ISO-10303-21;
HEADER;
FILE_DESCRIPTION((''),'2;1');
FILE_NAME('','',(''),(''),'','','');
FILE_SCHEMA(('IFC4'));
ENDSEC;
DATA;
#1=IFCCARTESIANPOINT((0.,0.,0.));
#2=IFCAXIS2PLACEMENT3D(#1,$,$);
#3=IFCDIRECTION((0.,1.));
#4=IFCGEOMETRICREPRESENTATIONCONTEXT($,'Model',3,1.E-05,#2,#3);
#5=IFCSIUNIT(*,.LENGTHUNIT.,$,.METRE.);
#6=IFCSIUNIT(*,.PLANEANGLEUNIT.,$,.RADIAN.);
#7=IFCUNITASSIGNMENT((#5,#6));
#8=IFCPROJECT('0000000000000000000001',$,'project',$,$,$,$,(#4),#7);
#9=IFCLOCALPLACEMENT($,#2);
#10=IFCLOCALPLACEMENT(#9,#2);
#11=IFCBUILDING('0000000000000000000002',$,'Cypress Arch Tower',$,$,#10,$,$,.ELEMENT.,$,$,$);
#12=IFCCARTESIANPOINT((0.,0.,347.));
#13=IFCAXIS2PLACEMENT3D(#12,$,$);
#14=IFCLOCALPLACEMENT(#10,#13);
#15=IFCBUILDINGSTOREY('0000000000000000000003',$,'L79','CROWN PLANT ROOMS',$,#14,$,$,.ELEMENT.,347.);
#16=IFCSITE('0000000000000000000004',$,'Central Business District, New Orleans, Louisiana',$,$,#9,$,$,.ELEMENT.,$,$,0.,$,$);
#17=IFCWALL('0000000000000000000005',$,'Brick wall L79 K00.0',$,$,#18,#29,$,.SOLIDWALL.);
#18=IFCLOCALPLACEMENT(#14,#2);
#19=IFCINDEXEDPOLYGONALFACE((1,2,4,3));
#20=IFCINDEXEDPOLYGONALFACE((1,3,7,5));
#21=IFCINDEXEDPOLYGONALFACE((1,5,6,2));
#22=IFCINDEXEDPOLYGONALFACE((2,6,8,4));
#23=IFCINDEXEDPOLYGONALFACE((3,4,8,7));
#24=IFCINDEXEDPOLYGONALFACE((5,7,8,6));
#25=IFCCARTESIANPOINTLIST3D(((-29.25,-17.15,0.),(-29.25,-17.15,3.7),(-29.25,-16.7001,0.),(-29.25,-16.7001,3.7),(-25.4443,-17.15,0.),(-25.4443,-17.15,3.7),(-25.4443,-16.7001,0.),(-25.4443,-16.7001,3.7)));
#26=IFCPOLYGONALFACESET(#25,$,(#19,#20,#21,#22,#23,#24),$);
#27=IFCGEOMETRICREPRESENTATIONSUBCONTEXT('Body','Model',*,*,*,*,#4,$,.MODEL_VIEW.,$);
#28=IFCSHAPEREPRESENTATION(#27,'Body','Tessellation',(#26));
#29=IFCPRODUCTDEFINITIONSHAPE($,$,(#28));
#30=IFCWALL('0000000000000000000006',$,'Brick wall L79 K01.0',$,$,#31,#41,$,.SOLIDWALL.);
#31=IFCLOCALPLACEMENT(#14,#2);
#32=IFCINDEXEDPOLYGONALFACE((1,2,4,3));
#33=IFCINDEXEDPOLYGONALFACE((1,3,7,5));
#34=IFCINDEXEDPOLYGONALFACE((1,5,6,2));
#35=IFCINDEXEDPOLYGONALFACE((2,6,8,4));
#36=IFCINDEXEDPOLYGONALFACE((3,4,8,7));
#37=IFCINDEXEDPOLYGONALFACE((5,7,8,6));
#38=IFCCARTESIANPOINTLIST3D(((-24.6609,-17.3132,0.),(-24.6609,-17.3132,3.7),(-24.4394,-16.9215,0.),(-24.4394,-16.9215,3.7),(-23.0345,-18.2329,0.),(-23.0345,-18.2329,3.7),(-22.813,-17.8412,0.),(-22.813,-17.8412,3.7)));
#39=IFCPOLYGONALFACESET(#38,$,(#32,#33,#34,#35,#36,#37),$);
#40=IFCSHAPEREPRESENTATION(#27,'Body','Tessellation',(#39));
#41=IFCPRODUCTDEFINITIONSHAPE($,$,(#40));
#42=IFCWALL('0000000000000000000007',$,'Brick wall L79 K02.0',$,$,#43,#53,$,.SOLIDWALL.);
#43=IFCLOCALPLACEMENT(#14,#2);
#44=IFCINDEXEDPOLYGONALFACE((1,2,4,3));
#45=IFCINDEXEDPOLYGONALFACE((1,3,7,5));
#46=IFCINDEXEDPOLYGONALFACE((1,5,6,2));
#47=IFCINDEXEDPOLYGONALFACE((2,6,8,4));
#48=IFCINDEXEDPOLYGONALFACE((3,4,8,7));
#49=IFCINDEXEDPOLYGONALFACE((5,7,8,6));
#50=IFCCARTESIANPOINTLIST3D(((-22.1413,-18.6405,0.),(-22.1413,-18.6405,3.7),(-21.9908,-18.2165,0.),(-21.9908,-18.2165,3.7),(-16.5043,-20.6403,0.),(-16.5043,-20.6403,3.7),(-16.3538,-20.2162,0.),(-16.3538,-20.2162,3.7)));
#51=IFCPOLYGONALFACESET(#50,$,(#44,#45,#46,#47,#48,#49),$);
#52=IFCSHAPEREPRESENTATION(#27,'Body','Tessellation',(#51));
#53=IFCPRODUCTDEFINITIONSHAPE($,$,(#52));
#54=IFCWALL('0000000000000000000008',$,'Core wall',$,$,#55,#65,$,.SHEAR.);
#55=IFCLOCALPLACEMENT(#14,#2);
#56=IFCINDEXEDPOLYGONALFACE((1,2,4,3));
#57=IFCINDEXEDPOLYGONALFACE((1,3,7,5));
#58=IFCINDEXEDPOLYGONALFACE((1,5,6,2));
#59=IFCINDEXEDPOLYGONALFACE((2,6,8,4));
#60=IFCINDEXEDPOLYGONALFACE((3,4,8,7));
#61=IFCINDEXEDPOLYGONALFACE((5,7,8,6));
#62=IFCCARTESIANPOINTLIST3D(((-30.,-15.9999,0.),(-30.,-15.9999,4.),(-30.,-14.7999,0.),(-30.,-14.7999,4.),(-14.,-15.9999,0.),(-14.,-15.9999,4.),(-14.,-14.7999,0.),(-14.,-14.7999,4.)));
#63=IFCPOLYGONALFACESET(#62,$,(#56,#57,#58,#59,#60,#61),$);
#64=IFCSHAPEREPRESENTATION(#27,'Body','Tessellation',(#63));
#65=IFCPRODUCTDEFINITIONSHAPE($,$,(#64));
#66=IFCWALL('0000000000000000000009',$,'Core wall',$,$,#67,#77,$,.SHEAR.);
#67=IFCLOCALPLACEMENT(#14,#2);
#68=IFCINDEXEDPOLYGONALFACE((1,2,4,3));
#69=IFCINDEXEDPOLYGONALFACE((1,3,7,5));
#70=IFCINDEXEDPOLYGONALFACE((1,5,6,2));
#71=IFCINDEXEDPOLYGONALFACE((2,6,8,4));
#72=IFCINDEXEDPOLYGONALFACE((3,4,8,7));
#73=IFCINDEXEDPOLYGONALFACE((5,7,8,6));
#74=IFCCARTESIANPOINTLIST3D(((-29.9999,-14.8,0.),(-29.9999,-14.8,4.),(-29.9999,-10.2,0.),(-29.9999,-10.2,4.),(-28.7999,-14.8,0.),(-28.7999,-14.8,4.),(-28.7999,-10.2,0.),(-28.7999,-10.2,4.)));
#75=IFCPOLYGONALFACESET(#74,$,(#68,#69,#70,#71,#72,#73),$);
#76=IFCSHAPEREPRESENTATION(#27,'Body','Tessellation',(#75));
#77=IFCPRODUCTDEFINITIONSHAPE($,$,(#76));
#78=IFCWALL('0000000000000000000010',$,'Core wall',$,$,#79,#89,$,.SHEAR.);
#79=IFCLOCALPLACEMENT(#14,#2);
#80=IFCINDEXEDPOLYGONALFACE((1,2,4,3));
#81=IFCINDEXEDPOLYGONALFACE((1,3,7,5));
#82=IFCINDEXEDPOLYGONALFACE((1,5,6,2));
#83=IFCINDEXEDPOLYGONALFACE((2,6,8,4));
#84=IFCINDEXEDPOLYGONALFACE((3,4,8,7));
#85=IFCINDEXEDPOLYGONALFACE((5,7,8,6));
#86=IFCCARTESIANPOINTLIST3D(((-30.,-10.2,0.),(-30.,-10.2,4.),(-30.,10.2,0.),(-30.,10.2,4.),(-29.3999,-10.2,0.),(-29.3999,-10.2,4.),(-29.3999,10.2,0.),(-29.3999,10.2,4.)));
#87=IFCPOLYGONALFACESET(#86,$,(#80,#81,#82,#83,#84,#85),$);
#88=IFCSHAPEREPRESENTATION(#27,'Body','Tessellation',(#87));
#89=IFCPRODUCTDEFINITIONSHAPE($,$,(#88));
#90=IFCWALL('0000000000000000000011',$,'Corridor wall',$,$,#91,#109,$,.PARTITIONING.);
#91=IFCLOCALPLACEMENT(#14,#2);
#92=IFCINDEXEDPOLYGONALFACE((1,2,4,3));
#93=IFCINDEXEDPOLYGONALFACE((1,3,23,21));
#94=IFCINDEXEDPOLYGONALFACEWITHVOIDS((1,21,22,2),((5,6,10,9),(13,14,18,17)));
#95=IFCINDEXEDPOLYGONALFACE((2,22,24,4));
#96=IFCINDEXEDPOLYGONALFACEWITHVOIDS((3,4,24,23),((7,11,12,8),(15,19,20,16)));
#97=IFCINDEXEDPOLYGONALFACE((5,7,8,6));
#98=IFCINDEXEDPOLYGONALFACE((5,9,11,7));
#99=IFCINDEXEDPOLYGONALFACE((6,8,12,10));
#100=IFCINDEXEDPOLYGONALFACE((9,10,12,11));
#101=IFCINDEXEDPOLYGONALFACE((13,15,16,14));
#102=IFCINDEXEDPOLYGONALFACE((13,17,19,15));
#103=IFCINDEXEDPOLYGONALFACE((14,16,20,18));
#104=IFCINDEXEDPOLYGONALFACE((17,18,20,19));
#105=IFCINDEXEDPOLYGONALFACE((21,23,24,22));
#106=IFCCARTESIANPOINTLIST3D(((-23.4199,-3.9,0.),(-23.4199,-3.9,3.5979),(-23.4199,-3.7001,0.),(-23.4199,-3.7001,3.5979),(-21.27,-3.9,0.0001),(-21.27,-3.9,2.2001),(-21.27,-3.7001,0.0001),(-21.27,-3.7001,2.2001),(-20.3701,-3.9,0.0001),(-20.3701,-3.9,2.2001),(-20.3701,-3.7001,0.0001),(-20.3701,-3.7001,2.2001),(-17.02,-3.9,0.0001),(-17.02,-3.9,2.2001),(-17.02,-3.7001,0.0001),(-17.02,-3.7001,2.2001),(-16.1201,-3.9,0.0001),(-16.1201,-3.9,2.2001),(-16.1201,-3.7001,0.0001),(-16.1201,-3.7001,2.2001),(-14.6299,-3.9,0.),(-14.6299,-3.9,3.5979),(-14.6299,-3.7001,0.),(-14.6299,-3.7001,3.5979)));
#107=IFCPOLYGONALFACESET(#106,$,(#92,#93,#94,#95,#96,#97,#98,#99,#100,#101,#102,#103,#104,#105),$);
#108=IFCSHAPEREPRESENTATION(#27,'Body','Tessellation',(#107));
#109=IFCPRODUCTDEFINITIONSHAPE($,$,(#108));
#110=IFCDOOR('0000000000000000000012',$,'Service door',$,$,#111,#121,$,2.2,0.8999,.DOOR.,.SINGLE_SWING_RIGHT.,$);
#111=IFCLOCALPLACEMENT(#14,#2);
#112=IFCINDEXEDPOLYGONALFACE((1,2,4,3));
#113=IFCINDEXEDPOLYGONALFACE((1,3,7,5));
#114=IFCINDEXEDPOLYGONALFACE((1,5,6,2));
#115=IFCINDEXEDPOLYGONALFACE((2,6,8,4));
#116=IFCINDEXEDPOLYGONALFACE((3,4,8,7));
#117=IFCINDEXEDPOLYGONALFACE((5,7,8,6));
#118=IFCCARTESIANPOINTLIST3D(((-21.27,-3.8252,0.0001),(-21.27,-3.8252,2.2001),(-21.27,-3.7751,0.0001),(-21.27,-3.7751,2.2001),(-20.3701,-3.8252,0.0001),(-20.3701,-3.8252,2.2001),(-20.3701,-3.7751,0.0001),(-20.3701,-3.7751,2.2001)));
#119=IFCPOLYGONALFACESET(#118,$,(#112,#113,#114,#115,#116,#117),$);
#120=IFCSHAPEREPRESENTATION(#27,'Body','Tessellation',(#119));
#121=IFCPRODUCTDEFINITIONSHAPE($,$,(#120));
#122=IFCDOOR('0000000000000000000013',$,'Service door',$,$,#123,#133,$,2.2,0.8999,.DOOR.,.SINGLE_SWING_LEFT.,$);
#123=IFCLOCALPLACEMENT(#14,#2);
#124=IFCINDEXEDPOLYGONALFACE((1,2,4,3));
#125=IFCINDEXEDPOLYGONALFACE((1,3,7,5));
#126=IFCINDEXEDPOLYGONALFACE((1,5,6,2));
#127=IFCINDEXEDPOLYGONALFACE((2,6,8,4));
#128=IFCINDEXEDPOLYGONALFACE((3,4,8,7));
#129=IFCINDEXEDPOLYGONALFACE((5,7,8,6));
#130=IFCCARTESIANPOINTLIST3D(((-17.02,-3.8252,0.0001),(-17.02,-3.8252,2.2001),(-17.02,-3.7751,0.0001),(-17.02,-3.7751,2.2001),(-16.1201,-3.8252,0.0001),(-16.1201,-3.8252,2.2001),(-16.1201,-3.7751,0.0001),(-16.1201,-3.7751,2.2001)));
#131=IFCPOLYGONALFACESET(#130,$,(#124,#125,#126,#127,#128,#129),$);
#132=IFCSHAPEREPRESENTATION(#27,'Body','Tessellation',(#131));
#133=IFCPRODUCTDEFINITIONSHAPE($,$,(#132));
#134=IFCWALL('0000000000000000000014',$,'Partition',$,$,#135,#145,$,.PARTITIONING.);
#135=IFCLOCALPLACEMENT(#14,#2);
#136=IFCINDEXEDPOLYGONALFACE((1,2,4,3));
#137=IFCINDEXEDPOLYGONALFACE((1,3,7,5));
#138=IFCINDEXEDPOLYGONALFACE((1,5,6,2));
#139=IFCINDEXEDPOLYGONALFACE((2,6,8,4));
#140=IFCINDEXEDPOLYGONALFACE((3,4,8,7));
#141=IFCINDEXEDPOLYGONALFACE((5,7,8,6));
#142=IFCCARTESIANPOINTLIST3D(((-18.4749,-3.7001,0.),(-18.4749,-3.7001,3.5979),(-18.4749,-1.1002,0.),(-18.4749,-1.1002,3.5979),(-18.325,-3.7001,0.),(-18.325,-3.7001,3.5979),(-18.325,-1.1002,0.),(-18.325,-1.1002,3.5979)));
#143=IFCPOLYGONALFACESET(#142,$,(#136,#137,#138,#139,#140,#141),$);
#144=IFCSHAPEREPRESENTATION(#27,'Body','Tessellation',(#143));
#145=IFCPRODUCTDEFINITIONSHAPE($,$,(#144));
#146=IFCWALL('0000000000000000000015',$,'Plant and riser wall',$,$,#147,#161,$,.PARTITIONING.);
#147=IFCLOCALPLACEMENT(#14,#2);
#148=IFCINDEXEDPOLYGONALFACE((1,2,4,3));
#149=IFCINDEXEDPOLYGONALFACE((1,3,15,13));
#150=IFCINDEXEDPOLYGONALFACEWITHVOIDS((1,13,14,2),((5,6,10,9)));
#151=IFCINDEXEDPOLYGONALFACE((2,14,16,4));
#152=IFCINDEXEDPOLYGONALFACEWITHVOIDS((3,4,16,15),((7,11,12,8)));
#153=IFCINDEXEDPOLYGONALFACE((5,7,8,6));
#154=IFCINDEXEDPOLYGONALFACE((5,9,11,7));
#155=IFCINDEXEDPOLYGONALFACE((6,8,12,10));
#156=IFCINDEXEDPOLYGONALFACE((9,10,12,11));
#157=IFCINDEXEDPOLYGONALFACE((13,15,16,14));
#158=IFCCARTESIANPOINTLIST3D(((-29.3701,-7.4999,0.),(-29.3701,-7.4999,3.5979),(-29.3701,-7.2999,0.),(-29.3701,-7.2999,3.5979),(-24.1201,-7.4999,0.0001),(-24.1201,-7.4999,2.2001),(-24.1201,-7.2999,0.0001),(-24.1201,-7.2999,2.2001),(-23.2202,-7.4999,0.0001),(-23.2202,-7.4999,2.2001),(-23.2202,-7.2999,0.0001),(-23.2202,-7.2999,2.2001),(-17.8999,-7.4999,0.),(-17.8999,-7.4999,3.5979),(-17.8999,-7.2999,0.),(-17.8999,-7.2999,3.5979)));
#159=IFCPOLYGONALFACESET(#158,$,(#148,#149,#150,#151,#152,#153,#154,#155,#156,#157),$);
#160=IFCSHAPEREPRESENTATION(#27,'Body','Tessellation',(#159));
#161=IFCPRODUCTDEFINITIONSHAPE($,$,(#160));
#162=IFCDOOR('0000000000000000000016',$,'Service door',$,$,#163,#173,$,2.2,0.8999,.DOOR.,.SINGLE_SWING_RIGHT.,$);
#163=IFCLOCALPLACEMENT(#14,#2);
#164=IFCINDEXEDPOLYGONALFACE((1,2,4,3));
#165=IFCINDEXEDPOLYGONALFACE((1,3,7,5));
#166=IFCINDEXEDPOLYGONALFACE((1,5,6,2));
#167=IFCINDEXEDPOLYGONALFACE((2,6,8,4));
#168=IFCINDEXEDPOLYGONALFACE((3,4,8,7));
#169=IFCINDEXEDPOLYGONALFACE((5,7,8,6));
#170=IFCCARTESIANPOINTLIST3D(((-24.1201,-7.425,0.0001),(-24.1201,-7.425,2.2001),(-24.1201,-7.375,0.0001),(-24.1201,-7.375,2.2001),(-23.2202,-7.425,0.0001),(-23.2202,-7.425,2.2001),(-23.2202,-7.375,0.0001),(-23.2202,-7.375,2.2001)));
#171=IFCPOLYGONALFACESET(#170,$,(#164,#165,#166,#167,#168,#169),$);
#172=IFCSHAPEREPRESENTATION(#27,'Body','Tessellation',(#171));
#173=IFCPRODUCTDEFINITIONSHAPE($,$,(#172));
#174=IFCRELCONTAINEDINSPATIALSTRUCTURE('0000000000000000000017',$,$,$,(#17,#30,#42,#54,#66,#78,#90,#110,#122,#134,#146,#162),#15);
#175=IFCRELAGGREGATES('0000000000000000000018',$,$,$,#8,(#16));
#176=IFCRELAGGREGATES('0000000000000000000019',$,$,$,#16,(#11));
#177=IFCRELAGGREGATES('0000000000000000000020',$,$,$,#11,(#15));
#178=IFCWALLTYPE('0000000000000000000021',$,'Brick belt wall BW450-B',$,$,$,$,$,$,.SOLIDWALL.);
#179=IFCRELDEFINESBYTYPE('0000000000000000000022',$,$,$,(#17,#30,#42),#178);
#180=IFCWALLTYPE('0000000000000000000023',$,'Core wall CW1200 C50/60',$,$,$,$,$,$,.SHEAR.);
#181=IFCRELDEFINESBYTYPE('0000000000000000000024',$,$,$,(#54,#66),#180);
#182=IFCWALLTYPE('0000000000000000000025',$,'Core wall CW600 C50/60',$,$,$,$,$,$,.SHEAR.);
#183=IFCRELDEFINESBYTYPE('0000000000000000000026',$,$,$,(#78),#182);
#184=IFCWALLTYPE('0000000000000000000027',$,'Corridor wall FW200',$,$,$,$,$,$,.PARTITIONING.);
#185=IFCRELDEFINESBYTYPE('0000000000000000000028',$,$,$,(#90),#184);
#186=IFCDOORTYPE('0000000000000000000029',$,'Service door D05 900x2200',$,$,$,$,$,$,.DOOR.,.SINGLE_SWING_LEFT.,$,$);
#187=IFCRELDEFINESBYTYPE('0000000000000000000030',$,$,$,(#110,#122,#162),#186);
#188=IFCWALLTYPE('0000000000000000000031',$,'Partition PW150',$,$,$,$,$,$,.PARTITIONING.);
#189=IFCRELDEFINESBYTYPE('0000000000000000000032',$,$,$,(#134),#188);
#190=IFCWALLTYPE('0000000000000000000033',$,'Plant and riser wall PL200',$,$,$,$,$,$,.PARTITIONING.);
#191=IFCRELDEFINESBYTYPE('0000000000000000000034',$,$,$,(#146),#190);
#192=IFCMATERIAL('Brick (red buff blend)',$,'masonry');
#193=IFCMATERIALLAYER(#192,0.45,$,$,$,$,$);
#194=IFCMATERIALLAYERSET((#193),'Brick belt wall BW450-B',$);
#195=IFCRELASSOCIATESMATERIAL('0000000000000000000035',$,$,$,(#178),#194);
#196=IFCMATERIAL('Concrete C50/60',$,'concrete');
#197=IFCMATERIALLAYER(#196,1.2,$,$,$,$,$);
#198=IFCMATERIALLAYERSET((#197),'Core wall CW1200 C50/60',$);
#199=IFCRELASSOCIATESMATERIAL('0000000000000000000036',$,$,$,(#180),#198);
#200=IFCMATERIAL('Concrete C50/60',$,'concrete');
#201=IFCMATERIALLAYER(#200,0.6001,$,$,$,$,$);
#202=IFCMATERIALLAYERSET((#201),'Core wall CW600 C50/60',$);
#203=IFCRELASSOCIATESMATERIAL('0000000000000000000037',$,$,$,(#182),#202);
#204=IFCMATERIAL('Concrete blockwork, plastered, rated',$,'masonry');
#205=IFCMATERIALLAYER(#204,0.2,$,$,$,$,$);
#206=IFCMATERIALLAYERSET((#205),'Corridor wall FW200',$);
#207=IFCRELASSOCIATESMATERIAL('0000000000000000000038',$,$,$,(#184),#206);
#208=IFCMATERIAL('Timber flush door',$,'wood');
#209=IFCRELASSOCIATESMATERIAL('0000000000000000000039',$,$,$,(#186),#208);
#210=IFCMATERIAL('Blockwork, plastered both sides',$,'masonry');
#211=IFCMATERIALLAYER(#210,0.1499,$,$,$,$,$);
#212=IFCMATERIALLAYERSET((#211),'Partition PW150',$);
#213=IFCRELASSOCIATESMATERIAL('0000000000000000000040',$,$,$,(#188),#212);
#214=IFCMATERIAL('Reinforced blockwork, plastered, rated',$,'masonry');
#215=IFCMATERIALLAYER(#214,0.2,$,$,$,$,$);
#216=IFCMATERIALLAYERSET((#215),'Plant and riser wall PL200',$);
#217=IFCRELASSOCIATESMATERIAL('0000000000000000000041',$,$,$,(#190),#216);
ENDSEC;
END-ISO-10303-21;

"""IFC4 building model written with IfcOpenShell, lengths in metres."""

from ifc_helpers import new_model, si_unit, direction, frame, frame_2d, origin, place, context, subcontext, project, spatial, rectangle, extrude, material, layer, layer_set, type_object, element, fill, save


model = new_model("IFC4")

# Units and contexts
model_context = context("Model", 3, precision=1e-05, world=origin(), true_north=direction((0.0, 1.0)))
body_context = subcontext(model_context, "Body", "Model", "MODEL_VIEW")
ifc_project = project(units=[si_unit("LENGTHUNIT", "METRE"), si_unit("PLANEANGLEUNIT", "RADIAN")], contexts=[model_context])

# Site, building, storey
site_placement = place(None, origin())
site = spatial("IfcSite", under=ifc_project, at=site_placement, Name="Central Business District, New Orleans, Louisiana", CompositionType="ELEMENT", RefElevation=0.0)
building_placement = place(site_placement, origin())
building = spatial("IfcBuilding", under=site, at=building_placement, Name="Cypress Arch Tower", CompositionType="ELEMENT")
storey_placement = place(building_placement, frame((0.0, 0.0, 347.0)))
storey = spatial("IfcBuildingStorey", under=building, at=storey_placement, Name="L79", Description="CROWN PLANT ROOMS", CompositionType="ELEMENT", Elevation=347.0)

# Walls
ifc_material_1 = material(Name="Brick (red buff blend)", Category="masonry")
ifc_layer_1 = layer(ifc_material_1, 0.45)
ifc_layer_set_1 = layer_set([ifc_layer_1], Name="Brick belt wall BW450-B")
wall_type_1 = type_object("IfcWallType", Name="Brick belt wall BW450-B", PredefinedType="SOLIDWALL", material=ifc_layer_set_1)
wall_1_placement = place(storey_placement, frame((-29.25, -16.925, 0.0), z_axis=(0.0, 0.0, 1.0), x_axis=(1.0, 0.0, 0.0)))
element("IfcWall", 1, at=wall_1_placement, inside=storey, type_object=wall_type_1, Name="Brick wall L79 K00.0", PredefinedType="SOLIDWALL", context=body_context, shape_type="SweptSolid", body=[
    extrude(rectangle(XDim=3.8057, YDim=0.45, at=frame_2d((1.9028, 0.0))), origin(), (0.0, 0.0, 1.0), 3.7),
])
wall_2_placement = place(storey_placement, frame((-24.55, -17.1174, 0.0), z_axis=(0.0, 0.0, 1.0), x_axis=(0.870478, -0.492208, 0.0)))
element("IfcWall", 2, at=wall_2_placement, inside=storey, type_object=wall_type_1, Name="Brick wall L79 K01.0", PredefinedType="SOLIDWALL", context=body_context, shape_type="SweptSolid", body=[
    extrude(rectangle(XDim=1.8684, YDim=0.45, at=frame_2d((0.9341, 0.0))), origin(), (0.0, 0.0, 1.0), 3.7),
])
wall_3_placement = place(storey_placement, frame((-22.0662, -18.4285, 0.0), z_axis=(0.0, 0.0, 1.0), x_axis=(0.942452, -0.334342, 0.0)))
element("IfcWall", 3, at=wall_3_placement, inside=storey, type_object=wall_type_1, Name="Brick wall L79 K02.0", PredefinedType="SOLIDWALL", context=body_context, shape_type="SweptSolid", body=[
    extrude(rectangle(XDim=5.9812, YDim=0.45, at=frame_2d((2.9907, 0.0))), origin(), (0.0, 0.0, 1.0), 3.7),
])
ifc_material_2 = material(Name="Concrete C50/60", Category="concrete")
ifc_layer_2 = layer(ifc_material_2, 1.2)
ifc_layer_set_2 = layer_set([ifc_layer_2], Name="Core wall CW1200 C50/60")
wall_type_2 = type_object("IfcWallType", Name="Core wall CW1200 C50/60", PredefinedType="SHEAR", material=ifc_layer_set_2)
wall_4_placement = place(storey_placement, frame((-30.0, -15.3999, 0.0), z_axis=(0.0, 0.0, 1.0), x_axis=(1.0, 0.0, 0.0)))
element("IfcWall", 4, at=wall_4_placement, inside=storey, type_object=wall_type_2, Name="Core wall", PredefinedType="SHEAR", context=body_context, shape_type="SweptSolid", body=[
    extrude(rectangle(XDim=16.0, YDim=1.2, at=frame_2d((8.0, 0.0))), origin(), (0.0, 0.0, 1.0), 4.0),
])
wall_5_placement = place(storey_placement, frame((-29.3999, -14.8, 0.0), z_axis=(0.0, 0.0, 1.0), x_axis=(0.0, 1.0, 0.0)))
element("IfcWall", 5, at=wall_5_placement, inside=storey, type_object=wall_type_2, Name="Core wall", PredefinedType="SHEAR", context=body_context, shape_type="SweptSolid", body=[
    extrude(rectangle(XDim=4.6001, YDim=1.2, at=frame_2d((2.3, 0.0))), origin(), (0.0, 0.0, 1.0), 4.0),
])
ifc_material_3 = material(Name="Concrete C50/60", Category="concrete")
ifc_layer_3 = layer(ifc_material_3, 0.6001)
ifc_layer_set_3 = layer_set([ifc_layer_3], Name="Core wall CW600 C50/60")
wall_type_3 = type_object("IfcWallType", Name="Core wall CW600 C50/60", PredefinedType="SHEAR", material=ifc_layer_set_3)
wall_6_placement = place(storey_placement, frame((-29.7, -10.2, 0.0), z_axis=(0.0, 0.0, 1.0), x_axis=(0.0, 1.0, 0.0)))
element("IfcWall", 6, at=wall_6_placement, inside=storey, type_object=wall_type_3, Name="Core wall", PredefinedType="SHEAR", context=body_context, shape_type="SweptSolid", body=[
    extrude(rectangle(XDim=20.3999, YDim=0.6001, at=frame_2d((10.2, 0.0))), origin(), (0.0, 0.0, 1.0), 4.0),
])

# Wall, openings, doors
ifc_material_4 = material(Name="Concrete blockwork, plastered, rated", Category="masonry")
ifc_layer_4 = layer(ifc_material_4, 0.2)
ifc_layer_set_4 = layer_set([ifc_layer_4], Name="Corridor wall FW200")
wall_type_4 = type_object("IfcWallType", Name="Corridor wall FW200", PredefinedType="PARTITIONING", material=ifc_layer_set_4)
wall_7_placement = place(storey_placement, frame((-23.4199, -3.8, 0.0), z_axis=(0.0, 0.0, 1.0), x_axis=(1.0, 0.0, 0.0)))
wall_7 = element("IfcWall", 7, at=wall_7_placement, inside=storey, type_object=wall_type_4, Name="Corridor wall", PredefinedType="PARTITIONING", context=body_context, shape_type="SweptSolid", body=[
    extrude(rectangle(XDim=8.79, YDim=0.2, at=frame_2d((4.395, 0.0))), origin(), (0.0, 0.0, 1.0), 3.5979),
])
opening_1_placement = place(wall_7_placement, frame((2.1499, 0.0, 0.0)))
opening_1 = element("IfcOpeningElement", 8, at=opening_1_placement, cuts=wall_7, PredefinedType="OPENING", context=body_context, shape_type="SweptSolid", body=[
    extrude(rectangle(XDim=0.8999, YDim=2.2, at=frame_2d((0.45, 1.1001))), frame((0.0, 0.1099, 0.0), z_axis=(0.0, -1.0, 0.0), x_axis=(1.0, 0.0, 0.0)), (0.0, 0.0, 1.0), 0.22),
])
opening_2_placement = place(wall_7_placement, frame((6.3999, 0.0, 0.0)))
opening_2 = element("IfcOpeningElement", 9, at=opening_2_placement, cuts=wall_7, PredefinedType="OPENING", context=body_context, shape_type="SweptSolid", body=[
    extrude(rectangle(XDim=0.8999, YDim=2.2, at=frame_2d((0.45, 1.1001))), frame((0.0, 0.1099, 0.0), z_axis=(0.0, -1.0, 0.0), x_axis=(1.0, 0.0, 0.0)), (0.0, 0.0, 1.0), 0.22),
])
ifc_material_5 = material(Name="Timber flush door", Category="wood")
door_type_1 = type_object("IfcDoorType", Name="Service door D05 900x2200", OperationType="SINGLE_SWING_LEFT", PredefinedType="DOOR", material=ifc_material_5)
door_1_placement = place(opening_1_placement, origin())
door_1 = element("IfcDoor", 10, at=door_1_placement, inside=storey, type_object=door_type_1, Name="Service door", OperationType="SINGLE_SWING_RIGHT", OverallHeight=2.2, OverallWidth=0.8999, PredefinedType="DOOR", context=body_context, shape_type="SweptSolid", body=[
    extrude(rectangle(XDim=0.8999, YDim=2.2, at=frame_2d((0.45, 1.1001))), frame((0.0, 0.0249, 0.0), z_axis=(0.0, -1.0, 0.0), x_axis=(1.0, 0.0, 0.0)), (0.0, 0.0, 1.0), 0.05),
])
fill(opening_1, door_1)
door_2_placement = place(opening_2_placement, origin())
door_2 = element("IfcDoor", 11, at=door_2_placement, inside=storey, type_object=door_type_1, Name="Service door", OperationType="SINGLE_SWING_LEFT", OverallHeight=2.2, OverallWidth=0.8999, PredefinedType="DOOR", context=body_context, shape_type="SweptSolid", body=[
    extrude(rectangle(XDim=0.8999, YDim=2.2, at=frame_2d((0.45, 1.1001))), frame((0.0, 0.0249, 0.0), z_axis=(0.0, -1.0, 0.0), x_axis=(1.0, 0.0, 0.0)), (0.0, 0.0, 1.0), 0.05),
])
fill(opening_2, door_2)

# Wall
ifc_material_6 = material(Name="Blockwork, plastered both sides", Category="masonry")
ifc_layer_5 = layer(ifc_material_6, 0.1499)
ifc_layer_set_5 = layer_set([ifc_layer_5], Name="Partition PW150")
wall_type_5 = type_object("IfcWallType", Name="Partition PW150", PredefinedType="PARTITIONING", material=ifc_layer_set_5)
wall_8_placement = place(storey_placement, frame((-18.3999, -3.7, 0.0), z_axis=(0.0, 0.0, 1.0), x_axis=(0.0, 1.0, 0.0)))
element("IfcWall", 12, at=wall_8_placement, inside=storey, type_object=wall_type_5, Name="Partition", PredefinedType="PARTITIONING", context=body_context, shape_type="SweptSolid", body=[
    extrude(rectangle(XDim=2.5999, YDim=0.1499, at=frame_2d((1.2998, 0.0))), origin(), (0.0, 0.0, 1.0), 3.5979),
])

# Wall, opening, door
ifc_material_7 = material(Name="Reinforced blockwork, plastered, rated", Category="masonry")
ifc_layer_6 = layer(ifc_material_7, 0.2)
ifc_layer_set_6 = layer_set([ifc_layer_6], Name="Plant and riser wall PL200")
wall_type_6 = type_object("IfcWallType", Name="Plant and riser wall PL200", PredefinedType="PARTITIONING", material=ifc_layer_set_6)
wall_9_placement = place(storey_placement, frame((-29.3701, -7.3999, 0.0), z_axis=(0.0, 0.0, 1.0), x_axis=(1.0, 0.0, 0.0)))
wall_9 = element("IfcWall", 13, at=wall_9_placement, inside=storey, type_object=wall_type_6, Name="Plant and riser wall", PredefinedType="PARTITIONING", context=body_context, shape_type="SweptSolid", body=[
    extrude(rectangle(XDim=11.4702, YDim=0.2, at=frame_2d((5.7351, 0.0))), origin(), (0.0, 0.0, 1.0), 3.5979),
])
opening_3_placement = place(wall_9_placement, frame((5.25, 0.0, 0.0)))
opening_3 = element("IfcOpeningElement", 14, at=opening_3_placement, cuts=wall_9, PredefinedType="OPENING", context=body_context, shape_type="SweptSolid", body=[
    extrude(rectangle(XDim=0.8999, YDim=2.2, at=frame_2d((0.45, 1.1001))), frame((0.0, 0.1099, 0.0), z_axis=(0.0, -1.0, 0.0), x_axis=(1.0, 0.0, 0.0)), (0.0, 0.0, 1.0), 0.22),
])
door_3_placement = place(opening_3_placement, origin())
door_3 = element("IfcDoor", 15, at=door_3_placement, inside=storey, type_object=door_type_1, Name="Service door", OperationType="SINGLE_SWING_RIGHT", OverallHeight=2.2, OverallWidth=0.8999, PredefinedType="DOOR", context=body_context, shape_type="SweptSolid", body=[
    extrude(rectangle(XDim=0.8999, YDim=2.2, at=frame_2d((0.45, 1.1001))), frame((0.0, 0.0249, 0.0), z_axis=(0.0, -1.0, 0.0), x_axis=(1.0, 0.0, 0.0)), (0.0, 0.0, 1.0), 0.05),
])
fill(opening_3, door_3)

save(model, "model.ifc")
